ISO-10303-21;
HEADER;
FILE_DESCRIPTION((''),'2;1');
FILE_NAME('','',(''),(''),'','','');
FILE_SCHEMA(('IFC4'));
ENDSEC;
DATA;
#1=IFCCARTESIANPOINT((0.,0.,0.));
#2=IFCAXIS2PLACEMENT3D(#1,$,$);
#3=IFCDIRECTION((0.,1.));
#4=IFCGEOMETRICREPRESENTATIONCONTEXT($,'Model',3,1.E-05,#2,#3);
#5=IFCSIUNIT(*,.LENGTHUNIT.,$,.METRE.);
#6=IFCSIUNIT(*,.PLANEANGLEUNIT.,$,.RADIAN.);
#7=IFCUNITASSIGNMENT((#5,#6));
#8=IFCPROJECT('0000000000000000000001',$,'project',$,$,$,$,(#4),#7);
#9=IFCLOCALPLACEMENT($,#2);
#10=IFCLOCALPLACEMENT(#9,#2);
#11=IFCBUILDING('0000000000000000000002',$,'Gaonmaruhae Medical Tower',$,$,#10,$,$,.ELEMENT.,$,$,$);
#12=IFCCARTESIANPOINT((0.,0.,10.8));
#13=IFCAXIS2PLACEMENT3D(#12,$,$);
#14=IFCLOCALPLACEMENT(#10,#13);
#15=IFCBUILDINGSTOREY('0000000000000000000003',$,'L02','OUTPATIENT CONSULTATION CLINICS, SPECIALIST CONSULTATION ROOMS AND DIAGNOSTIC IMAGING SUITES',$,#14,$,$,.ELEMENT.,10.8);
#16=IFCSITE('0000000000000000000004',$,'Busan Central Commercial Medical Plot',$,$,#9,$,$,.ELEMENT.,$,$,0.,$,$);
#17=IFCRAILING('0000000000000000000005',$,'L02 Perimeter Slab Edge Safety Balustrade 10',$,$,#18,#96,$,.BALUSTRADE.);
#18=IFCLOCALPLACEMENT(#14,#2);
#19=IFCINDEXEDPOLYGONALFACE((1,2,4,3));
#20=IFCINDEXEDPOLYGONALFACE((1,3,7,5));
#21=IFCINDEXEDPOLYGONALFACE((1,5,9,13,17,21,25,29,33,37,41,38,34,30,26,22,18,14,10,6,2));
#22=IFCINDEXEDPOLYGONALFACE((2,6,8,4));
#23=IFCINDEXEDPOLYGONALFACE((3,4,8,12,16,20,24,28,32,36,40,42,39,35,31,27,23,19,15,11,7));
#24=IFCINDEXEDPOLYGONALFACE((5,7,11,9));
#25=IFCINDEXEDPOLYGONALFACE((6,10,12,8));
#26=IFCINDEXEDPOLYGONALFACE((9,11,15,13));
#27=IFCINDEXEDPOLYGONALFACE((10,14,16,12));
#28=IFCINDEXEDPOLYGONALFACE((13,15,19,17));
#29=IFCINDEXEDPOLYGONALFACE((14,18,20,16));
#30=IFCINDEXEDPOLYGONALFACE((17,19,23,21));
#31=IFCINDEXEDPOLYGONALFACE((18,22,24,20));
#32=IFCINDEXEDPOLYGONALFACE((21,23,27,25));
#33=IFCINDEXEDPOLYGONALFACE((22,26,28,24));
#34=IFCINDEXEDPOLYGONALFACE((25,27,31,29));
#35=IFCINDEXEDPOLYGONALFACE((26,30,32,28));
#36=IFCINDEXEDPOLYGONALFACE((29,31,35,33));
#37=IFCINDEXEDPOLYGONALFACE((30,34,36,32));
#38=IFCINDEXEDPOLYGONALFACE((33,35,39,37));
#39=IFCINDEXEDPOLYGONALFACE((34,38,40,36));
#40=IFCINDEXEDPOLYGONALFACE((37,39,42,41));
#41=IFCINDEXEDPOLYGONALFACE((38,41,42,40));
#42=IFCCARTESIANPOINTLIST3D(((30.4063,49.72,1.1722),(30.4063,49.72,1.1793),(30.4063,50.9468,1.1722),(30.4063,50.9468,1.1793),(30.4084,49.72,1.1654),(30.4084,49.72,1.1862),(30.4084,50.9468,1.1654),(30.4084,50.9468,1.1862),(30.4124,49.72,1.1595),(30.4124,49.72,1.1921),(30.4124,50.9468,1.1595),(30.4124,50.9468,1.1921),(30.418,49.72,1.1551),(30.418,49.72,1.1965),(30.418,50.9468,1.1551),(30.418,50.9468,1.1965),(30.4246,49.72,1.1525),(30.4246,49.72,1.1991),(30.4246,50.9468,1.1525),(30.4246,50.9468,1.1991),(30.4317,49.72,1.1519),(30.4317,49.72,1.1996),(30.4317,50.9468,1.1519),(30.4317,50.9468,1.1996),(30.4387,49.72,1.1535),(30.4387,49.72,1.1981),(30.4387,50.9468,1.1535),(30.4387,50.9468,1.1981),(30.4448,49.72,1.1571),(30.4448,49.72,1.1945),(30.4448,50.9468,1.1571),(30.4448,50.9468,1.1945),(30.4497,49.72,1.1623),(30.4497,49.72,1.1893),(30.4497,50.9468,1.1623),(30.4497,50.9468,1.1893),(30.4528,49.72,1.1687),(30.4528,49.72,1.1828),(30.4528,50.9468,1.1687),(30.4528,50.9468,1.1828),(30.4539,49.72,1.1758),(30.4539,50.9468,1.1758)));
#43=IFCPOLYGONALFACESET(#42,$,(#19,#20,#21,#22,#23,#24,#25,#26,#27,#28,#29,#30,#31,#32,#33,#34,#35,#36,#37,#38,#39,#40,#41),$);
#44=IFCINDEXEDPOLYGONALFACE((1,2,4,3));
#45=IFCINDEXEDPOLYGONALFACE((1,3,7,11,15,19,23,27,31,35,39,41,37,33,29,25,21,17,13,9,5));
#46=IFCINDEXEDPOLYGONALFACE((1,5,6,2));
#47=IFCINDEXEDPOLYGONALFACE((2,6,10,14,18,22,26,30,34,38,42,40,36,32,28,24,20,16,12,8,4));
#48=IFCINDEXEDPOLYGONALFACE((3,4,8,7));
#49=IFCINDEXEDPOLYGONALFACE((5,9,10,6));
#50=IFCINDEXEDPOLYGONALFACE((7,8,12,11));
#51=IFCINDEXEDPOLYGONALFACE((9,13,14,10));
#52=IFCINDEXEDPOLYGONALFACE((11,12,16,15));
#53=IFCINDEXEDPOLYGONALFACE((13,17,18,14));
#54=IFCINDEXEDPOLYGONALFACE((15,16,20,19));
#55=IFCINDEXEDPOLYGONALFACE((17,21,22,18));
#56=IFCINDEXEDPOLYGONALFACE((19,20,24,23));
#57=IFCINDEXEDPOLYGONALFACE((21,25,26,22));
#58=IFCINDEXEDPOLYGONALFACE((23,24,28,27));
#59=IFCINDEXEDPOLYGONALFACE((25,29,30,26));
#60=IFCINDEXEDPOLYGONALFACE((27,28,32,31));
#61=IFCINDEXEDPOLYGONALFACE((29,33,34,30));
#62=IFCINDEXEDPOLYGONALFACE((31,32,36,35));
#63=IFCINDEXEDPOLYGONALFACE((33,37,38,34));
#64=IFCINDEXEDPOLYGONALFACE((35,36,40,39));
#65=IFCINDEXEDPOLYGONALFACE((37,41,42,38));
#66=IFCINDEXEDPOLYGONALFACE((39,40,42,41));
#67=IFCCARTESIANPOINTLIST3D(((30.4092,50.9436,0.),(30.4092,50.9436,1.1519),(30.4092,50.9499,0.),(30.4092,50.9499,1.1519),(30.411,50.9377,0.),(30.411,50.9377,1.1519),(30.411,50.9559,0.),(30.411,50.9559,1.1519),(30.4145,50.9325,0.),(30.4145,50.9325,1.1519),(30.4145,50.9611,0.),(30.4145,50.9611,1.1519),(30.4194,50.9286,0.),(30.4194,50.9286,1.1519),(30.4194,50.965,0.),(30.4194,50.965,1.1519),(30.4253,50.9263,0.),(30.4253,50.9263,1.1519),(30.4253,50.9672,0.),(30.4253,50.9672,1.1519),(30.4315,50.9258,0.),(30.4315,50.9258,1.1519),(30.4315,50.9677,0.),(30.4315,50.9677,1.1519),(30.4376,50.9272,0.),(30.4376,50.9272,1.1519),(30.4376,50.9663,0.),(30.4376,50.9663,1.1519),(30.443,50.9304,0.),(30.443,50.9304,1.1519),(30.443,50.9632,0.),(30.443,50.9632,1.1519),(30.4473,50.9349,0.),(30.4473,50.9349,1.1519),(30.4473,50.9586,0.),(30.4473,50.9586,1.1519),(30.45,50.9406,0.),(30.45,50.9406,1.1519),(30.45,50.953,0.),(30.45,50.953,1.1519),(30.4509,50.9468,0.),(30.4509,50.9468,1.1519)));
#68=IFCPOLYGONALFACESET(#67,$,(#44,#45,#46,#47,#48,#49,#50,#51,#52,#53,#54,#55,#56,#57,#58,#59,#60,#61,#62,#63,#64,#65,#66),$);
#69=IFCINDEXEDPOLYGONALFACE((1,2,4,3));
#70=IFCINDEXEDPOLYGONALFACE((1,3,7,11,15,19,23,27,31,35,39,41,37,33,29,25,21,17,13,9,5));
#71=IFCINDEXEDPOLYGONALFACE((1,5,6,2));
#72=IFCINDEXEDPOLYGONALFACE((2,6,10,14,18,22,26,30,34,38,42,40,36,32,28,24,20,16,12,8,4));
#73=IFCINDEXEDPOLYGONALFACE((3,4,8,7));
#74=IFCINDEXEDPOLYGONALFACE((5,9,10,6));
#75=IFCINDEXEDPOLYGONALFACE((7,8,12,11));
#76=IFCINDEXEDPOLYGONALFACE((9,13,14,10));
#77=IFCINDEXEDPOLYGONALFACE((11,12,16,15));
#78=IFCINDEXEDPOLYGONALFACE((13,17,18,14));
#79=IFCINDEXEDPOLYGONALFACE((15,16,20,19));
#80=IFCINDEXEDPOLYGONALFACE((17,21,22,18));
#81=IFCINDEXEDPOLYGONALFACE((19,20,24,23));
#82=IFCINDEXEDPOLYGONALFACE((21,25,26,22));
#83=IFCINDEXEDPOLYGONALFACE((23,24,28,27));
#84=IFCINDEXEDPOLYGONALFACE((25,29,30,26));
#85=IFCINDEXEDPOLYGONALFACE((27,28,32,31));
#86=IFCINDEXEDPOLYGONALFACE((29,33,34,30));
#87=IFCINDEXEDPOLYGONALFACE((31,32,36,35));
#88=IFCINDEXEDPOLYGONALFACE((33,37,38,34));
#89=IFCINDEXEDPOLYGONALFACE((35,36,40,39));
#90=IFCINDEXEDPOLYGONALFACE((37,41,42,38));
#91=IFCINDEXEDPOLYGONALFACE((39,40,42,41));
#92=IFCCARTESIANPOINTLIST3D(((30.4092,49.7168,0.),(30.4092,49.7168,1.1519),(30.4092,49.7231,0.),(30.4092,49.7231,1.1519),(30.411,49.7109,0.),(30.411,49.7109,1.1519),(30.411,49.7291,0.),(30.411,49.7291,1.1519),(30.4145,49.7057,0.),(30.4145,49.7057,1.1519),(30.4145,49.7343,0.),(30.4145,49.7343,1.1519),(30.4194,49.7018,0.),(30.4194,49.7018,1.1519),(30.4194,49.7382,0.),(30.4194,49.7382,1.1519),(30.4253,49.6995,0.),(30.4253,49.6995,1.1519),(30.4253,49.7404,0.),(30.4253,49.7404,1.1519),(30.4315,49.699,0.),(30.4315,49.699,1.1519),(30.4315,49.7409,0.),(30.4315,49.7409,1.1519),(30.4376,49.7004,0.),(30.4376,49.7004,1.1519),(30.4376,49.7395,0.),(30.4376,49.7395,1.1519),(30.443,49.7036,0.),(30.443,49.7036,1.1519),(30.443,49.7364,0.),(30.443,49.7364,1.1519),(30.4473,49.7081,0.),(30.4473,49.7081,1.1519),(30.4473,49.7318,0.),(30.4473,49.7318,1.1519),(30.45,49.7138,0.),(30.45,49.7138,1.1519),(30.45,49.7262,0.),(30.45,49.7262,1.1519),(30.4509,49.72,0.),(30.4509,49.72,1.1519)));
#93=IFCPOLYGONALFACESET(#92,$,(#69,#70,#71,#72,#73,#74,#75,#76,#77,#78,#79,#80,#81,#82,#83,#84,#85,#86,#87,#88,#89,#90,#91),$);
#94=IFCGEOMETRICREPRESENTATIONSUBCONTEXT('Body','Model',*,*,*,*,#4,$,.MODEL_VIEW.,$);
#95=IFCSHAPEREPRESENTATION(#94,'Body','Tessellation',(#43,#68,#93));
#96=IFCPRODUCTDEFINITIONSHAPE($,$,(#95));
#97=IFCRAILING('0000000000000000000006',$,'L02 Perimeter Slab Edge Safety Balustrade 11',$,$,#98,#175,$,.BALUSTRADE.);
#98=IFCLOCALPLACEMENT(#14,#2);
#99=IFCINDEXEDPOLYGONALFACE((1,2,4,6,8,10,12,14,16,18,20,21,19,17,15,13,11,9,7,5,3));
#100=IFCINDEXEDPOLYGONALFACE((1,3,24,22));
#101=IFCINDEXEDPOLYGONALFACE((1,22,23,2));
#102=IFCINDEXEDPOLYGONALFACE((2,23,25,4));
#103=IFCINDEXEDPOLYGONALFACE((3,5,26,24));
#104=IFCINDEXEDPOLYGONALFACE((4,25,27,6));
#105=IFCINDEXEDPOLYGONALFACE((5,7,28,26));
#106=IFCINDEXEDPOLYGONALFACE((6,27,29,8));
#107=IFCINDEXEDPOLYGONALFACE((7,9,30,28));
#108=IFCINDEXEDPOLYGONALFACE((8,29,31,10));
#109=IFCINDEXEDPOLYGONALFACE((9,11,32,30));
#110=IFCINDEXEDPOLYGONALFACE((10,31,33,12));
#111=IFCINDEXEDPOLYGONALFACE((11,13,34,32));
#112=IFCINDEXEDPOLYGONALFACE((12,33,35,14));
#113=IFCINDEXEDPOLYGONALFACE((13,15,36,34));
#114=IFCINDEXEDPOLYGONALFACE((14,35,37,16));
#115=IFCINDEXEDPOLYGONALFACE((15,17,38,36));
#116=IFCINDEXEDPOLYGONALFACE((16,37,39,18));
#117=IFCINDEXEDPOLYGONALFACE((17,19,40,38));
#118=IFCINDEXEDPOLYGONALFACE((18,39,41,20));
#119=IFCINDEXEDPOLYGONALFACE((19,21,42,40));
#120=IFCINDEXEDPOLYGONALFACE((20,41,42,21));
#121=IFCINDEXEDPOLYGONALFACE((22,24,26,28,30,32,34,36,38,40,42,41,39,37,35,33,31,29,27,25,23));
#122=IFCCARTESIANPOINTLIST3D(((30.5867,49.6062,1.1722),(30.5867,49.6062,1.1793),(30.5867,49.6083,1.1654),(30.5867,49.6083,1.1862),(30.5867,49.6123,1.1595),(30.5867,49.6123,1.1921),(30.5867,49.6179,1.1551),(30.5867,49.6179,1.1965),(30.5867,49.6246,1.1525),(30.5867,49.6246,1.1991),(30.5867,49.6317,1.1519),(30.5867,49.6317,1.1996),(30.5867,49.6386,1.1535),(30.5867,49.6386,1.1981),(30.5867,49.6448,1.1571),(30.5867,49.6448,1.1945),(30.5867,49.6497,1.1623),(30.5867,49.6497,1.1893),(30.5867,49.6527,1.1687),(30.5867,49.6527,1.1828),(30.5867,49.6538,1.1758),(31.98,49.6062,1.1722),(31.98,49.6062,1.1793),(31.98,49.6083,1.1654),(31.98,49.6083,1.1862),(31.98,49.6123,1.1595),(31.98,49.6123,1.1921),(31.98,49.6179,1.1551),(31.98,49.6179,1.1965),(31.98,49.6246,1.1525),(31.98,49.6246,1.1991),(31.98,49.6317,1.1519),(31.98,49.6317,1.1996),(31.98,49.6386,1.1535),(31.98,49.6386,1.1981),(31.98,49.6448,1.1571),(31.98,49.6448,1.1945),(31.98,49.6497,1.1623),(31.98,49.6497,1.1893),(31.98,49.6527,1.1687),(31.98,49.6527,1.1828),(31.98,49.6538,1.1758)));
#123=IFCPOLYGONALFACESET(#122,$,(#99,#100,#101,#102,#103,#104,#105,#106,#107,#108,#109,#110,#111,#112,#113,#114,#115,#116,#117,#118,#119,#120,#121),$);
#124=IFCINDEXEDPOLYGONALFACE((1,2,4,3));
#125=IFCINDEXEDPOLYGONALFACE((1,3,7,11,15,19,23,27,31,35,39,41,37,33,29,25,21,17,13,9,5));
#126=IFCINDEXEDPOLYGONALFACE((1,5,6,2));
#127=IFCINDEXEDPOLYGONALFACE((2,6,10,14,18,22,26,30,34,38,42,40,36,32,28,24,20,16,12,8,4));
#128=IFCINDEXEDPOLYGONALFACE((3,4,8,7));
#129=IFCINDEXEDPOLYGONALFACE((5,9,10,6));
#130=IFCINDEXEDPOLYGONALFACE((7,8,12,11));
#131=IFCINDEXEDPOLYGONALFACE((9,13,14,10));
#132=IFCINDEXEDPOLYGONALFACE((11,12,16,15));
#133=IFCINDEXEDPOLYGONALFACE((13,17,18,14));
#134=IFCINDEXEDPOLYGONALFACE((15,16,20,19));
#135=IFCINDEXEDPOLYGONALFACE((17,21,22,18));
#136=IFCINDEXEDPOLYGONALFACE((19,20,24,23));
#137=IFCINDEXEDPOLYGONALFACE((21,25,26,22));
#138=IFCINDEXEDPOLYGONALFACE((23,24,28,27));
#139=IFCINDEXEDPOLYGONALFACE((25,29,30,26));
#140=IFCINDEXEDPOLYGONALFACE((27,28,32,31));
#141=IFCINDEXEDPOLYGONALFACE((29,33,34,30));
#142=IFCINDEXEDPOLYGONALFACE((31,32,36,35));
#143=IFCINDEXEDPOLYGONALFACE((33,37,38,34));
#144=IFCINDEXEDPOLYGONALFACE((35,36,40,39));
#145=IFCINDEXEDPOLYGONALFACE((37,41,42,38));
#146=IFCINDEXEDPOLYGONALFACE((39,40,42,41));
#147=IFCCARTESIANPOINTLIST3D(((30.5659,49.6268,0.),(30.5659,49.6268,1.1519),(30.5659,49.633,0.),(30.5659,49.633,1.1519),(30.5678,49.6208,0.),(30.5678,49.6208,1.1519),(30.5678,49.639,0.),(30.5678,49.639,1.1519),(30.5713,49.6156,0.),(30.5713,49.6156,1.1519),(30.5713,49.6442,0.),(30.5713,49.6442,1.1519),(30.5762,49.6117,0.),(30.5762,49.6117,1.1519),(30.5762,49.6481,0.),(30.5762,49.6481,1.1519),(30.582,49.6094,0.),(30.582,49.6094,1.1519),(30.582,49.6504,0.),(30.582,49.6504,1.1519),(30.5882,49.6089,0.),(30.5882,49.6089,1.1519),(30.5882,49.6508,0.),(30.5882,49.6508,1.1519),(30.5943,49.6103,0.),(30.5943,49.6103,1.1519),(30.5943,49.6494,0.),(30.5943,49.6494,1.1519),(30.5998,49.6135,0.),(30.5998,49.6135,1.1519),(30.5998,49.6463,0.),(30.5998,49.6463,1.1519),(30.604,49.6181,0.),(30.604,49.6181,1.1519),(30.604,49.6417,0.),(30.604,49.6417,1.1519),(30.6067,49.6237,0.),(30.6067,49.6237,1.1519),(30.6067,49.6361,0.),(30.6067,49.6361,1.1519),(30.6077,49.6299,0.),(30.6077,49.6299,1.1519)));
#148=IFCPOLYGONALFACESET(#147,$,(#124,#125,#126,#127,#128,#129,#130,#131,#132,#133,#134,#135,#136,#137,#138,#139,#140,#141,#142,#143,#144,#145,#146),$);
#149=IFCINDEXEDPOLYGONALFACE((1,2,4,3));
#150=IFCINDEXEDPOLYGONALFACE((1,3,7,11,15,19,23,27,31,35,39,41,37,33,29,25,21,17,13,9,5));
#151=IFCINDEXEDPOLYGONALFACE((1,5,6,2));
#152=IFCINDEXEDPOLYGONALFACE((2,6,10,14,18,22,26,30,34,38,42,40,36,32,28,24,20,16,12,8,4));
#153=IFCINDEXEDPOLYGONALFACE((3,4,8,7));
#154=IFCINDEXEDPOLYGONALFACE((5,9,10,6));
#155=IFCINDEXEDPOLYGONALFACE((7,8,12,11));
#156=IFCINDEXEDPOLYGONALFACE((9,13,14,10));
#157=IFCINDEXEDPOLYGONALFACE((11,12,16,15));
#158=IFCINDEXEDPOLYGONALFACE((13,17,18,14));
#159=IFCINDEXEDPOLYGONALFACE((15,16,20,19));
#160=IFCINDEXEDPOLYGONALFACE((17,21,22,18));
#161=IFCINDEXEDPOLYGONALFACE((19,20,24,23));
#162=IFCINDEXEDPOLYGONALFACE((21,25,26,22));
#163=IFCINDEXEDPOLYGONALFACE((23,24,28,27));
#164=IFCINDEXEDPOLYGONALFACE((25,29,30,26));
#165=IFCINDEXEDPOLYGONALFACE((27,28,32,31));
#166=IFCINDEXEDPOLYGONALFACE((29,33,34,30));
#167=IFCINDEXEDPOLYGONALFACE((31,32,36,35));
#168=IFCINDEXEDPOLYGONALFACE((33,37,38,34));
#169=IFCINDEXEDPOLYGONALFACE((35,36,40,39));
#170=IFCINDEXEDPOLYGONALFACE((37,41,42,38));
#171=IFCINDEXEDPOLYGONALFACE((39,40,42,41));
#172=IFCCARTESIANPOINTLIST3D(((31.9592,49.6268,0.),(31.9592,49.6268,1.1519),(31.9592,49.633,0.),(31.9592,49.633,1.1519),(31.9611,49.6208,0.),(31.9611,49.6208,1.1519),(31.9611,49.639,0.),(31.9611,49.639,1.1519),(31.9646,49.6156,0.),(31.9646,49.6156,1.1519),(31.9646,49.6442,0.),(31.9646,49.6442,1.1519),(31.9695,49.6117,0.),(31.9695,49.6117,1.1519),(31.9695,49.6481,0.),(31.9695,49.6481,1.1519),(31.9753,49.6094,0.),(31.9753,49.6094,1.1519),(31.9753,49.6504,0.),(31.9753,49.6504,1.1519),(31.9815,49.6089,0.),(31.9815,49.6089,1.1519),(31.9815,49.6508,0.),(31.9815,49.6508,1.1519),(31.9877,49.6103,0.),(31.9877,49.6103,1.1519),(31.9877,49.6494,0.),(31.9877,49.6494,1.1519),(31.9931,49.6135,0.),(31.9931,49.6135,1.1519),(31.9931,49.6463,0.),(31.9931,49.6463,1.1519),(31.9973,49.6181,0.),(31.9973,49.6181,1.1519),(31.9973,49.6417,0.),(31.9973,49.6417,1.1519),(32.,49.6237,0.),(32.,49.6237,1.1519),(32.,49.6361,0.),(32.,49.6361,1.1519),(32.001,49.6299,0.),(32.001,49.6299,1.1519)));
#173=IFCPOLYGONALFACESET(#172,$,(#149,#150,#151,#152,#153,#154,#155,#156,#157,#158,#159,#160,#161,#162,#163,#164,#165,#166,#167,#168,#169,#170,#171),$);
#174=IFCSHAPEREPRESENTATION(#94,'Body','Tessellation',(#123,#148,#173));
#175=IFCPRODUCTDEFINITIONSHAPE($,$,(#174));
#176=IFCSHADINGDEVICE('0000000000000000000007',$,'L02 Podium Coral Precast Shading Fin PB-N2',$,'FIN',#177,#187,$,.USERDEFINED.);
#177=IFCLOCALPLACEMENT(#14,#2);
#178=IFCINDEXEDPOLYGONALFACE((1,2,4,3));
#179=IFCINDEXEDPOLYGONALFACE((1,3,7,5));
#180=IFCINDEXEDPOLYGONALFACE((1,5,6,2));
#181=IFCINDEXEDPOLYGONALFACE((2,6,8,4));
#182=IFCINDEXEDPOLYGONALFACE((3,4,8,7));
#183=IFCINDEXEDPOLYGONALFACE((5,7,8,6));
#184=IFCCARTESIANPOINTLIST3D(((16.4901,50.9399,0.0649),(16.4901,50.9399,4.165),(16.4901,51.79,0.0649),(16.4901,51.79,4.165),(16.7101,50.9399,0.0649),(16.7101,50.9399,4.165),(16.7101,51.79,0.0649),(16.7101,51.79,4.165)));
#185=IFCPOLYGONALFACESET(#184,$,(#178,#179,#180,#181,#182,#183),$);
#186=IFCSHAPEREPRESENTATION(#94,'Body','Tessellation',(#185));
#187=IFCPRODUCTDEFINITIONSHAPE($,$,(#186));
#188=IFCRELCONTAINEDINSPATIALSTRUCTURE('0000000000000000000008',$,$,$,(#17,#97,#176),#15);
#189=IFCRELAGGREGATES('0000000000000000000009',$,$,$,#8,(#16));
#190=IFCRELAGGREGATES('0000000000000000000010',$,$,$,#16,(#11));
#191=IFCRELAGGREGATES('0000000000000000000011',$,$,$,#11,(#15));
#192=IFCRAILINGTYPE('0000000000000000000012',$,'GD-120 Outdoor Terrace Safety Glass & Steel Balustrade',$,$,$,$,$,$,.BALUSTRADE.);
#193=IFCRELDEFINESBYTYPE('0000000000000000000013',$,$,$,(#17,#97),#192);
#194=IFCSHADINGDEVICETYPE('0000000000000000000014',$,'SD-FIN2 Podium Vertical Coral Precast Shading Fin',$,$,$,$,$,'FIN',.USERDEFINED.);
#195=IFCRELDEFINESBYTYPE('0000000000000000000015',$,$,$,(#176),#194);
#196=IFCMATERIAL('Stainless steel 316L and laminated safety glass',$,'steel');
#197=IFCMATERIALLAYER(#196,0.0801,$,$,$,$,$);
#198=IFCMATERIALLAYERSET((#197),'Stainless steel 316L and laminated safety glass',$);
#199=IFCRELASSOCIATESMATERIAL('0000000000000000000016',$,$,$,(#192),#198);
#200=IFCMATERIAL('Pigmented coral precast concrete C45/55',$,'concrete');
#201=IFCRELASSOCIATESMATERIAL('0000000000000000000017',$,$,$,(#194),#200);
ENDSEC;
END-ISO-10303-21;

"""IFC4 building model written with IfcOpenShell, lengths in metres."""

from ifc_helpers import new_model, si_unit, direction, frame, origin, origin_2d, place, context, subcontext, project, spatial, rectangle, circle, extrude, material, layer, layer_set, type_object, element, save


model = new_model("IFC4")

# Units and contexts
model_context = context("Model", 3, precision=1e-05, world=origin(), true_north=direction((0.0, 1.0)))
body_context = subcontext(model_context, "Body", "Model", "MODEL_VIEW")
ifc_project = project(units=[si_unit("LENGTHUNIT", "METRE"), si_unit("PLANEANGLEUNIT", "RADIAN")], contexts=[model_context])

# Site, building, storey
site_placement = place(None, origin())
site = spatial("IfcSite", under=ifc_project, at=site_placement, Name="Busan Central Commercial Medical Plot", CompositionType="ELEMENT", RefElevation=0.0)
building_placement = place(site_placement, origin())
building = spatial("IfcBuilding", under=site, at=building_placement, Name="Gaonmaruhae Medical Tower", CompositionType="ELEMENT")
storey_placement = place(building_placement, frame((0.0, 0.0, 10.8)))
storey = spatial("IfcBuildingStorey", under=building, at=storey_placement, Name="L02", Description="OUTPATIENT CONSULTATION CLINICS, SPECIALIST CONSULTATION ROOMS AND DIAGNOSTIC IMAGING SUITES", CompositionType="ELEMENT", Elevation=10.8)

# Railings
ifc_material_1 = material(Name="Stainless steel 316L and laminated safety glass", Category="steel")
ifc_layer_1 = layer(ifc_material_1, 0.0801)
ifc_layer_set_1 = layer_set([ifc_layer_1], Name="Stainless steel 316L and laminated safety glass")
railing_type = type_object("IfcRailingType", Name="GD-120 Outdoor Terrace Safety Glass & Steel Balustrade", PredefinedType="BALUSTRADE", material=ifc_layer_set_1)
railing_1_placement = place(storey_placement, frame((30.4299, 50.9468, 0.0)))
element("IfcRailing", 1, at=railing_1_placement, inside=storey, type_object=railing_type, Name="L02 Perimeter Slab Edge Safety Balustrade 10", PredefinedType="BALUSTRADE", context=body_context, shape_type="SweptSolid", body=[
    extrude(circle(Radius=0.0239, at=origin_2d()), frame((0.0, 0.0, 1.1758), z_axis=(0.0, -1.0, 0.0), x_axis=(1.0, 0.0, 0.0)), (0.0, 0.0, 1.0), 1.2268),
    extrude(circle(Radius=0.021, at=origin_2d()), origin(), (0.0, 0.0, 1.0), 1.1519),
    extrude(circle(Radius=0.021, at=origin_2d()), frame((0.0, -1.2268, 0.0)), (0.0, 0.0, 1.0), 1.1519),
])
railing_2_placement = place(storey_placement, frame((30.5867, 49.6299, 0.0)))
element("IfcRailing", 2, at=railing_2_placement, inside=storey, type_object=railing_type, Name="L02 Perimeter Slab Edge Safety Balustrade 11", PredefinedType="BALUSTRADE", context=body_context, shape_type="SweptSolid", body=[
    extrude(circle(Radius=0.0239, at=origin_2d()), frame((0.0, 0.0, 1.1758), z_axis=(1.0, 0.0, 0.0), x_axis=(0.0, 1.0, 0.0)), (0.0, 0.0, 1.0), 1.3933),
    extrude(circle(Radius=0.021, at=origin_2d()), origin(), (0.0, 0.0, 1.0), 1.1519),
    extrude(circle(Radius=0.021, at=origin_2d()), frame((1.3933, 0.0, 0.0)), (0.0, 0.0, 1.0), 1.1519),
])

# Shading device
ifc_material_2 = material(Name="Pigmented coral precast concrete C45/55", Category="concrete")
shading_device_type = type_object("IfcShadingDeviceType", Name="SD-FIN2 Podium Vertical Coral Precast Shading Fin", ElementType="FIN", PredefinedType="USERDEFINED", material=ifc_material_2)
shading_device_placement = place(storey_placement, frame((16.6001, 51.365, 0.0649), z_axis=(0.0, 0.0, 1.0), x_axis=(1.0, 0.0, 0.0)))
element("IfcShadingDevice", 3, at=shading_device_placement, inside=storey, type_object=shading_device_type, Name="L02 Podium Coral Precast Shading Fin PB-N2", ObjectType="FIN", PredefinedType="USERDEFINED", context=body_context, shape_type="SweptSolid", body=[
    extrude(rectangle(XDim=0.22, YDim=0.8501, at=origin_2d()), origin(), (0.0, 0.0, 1.0), 4.1001),
])

save(model, "model.ifc")
